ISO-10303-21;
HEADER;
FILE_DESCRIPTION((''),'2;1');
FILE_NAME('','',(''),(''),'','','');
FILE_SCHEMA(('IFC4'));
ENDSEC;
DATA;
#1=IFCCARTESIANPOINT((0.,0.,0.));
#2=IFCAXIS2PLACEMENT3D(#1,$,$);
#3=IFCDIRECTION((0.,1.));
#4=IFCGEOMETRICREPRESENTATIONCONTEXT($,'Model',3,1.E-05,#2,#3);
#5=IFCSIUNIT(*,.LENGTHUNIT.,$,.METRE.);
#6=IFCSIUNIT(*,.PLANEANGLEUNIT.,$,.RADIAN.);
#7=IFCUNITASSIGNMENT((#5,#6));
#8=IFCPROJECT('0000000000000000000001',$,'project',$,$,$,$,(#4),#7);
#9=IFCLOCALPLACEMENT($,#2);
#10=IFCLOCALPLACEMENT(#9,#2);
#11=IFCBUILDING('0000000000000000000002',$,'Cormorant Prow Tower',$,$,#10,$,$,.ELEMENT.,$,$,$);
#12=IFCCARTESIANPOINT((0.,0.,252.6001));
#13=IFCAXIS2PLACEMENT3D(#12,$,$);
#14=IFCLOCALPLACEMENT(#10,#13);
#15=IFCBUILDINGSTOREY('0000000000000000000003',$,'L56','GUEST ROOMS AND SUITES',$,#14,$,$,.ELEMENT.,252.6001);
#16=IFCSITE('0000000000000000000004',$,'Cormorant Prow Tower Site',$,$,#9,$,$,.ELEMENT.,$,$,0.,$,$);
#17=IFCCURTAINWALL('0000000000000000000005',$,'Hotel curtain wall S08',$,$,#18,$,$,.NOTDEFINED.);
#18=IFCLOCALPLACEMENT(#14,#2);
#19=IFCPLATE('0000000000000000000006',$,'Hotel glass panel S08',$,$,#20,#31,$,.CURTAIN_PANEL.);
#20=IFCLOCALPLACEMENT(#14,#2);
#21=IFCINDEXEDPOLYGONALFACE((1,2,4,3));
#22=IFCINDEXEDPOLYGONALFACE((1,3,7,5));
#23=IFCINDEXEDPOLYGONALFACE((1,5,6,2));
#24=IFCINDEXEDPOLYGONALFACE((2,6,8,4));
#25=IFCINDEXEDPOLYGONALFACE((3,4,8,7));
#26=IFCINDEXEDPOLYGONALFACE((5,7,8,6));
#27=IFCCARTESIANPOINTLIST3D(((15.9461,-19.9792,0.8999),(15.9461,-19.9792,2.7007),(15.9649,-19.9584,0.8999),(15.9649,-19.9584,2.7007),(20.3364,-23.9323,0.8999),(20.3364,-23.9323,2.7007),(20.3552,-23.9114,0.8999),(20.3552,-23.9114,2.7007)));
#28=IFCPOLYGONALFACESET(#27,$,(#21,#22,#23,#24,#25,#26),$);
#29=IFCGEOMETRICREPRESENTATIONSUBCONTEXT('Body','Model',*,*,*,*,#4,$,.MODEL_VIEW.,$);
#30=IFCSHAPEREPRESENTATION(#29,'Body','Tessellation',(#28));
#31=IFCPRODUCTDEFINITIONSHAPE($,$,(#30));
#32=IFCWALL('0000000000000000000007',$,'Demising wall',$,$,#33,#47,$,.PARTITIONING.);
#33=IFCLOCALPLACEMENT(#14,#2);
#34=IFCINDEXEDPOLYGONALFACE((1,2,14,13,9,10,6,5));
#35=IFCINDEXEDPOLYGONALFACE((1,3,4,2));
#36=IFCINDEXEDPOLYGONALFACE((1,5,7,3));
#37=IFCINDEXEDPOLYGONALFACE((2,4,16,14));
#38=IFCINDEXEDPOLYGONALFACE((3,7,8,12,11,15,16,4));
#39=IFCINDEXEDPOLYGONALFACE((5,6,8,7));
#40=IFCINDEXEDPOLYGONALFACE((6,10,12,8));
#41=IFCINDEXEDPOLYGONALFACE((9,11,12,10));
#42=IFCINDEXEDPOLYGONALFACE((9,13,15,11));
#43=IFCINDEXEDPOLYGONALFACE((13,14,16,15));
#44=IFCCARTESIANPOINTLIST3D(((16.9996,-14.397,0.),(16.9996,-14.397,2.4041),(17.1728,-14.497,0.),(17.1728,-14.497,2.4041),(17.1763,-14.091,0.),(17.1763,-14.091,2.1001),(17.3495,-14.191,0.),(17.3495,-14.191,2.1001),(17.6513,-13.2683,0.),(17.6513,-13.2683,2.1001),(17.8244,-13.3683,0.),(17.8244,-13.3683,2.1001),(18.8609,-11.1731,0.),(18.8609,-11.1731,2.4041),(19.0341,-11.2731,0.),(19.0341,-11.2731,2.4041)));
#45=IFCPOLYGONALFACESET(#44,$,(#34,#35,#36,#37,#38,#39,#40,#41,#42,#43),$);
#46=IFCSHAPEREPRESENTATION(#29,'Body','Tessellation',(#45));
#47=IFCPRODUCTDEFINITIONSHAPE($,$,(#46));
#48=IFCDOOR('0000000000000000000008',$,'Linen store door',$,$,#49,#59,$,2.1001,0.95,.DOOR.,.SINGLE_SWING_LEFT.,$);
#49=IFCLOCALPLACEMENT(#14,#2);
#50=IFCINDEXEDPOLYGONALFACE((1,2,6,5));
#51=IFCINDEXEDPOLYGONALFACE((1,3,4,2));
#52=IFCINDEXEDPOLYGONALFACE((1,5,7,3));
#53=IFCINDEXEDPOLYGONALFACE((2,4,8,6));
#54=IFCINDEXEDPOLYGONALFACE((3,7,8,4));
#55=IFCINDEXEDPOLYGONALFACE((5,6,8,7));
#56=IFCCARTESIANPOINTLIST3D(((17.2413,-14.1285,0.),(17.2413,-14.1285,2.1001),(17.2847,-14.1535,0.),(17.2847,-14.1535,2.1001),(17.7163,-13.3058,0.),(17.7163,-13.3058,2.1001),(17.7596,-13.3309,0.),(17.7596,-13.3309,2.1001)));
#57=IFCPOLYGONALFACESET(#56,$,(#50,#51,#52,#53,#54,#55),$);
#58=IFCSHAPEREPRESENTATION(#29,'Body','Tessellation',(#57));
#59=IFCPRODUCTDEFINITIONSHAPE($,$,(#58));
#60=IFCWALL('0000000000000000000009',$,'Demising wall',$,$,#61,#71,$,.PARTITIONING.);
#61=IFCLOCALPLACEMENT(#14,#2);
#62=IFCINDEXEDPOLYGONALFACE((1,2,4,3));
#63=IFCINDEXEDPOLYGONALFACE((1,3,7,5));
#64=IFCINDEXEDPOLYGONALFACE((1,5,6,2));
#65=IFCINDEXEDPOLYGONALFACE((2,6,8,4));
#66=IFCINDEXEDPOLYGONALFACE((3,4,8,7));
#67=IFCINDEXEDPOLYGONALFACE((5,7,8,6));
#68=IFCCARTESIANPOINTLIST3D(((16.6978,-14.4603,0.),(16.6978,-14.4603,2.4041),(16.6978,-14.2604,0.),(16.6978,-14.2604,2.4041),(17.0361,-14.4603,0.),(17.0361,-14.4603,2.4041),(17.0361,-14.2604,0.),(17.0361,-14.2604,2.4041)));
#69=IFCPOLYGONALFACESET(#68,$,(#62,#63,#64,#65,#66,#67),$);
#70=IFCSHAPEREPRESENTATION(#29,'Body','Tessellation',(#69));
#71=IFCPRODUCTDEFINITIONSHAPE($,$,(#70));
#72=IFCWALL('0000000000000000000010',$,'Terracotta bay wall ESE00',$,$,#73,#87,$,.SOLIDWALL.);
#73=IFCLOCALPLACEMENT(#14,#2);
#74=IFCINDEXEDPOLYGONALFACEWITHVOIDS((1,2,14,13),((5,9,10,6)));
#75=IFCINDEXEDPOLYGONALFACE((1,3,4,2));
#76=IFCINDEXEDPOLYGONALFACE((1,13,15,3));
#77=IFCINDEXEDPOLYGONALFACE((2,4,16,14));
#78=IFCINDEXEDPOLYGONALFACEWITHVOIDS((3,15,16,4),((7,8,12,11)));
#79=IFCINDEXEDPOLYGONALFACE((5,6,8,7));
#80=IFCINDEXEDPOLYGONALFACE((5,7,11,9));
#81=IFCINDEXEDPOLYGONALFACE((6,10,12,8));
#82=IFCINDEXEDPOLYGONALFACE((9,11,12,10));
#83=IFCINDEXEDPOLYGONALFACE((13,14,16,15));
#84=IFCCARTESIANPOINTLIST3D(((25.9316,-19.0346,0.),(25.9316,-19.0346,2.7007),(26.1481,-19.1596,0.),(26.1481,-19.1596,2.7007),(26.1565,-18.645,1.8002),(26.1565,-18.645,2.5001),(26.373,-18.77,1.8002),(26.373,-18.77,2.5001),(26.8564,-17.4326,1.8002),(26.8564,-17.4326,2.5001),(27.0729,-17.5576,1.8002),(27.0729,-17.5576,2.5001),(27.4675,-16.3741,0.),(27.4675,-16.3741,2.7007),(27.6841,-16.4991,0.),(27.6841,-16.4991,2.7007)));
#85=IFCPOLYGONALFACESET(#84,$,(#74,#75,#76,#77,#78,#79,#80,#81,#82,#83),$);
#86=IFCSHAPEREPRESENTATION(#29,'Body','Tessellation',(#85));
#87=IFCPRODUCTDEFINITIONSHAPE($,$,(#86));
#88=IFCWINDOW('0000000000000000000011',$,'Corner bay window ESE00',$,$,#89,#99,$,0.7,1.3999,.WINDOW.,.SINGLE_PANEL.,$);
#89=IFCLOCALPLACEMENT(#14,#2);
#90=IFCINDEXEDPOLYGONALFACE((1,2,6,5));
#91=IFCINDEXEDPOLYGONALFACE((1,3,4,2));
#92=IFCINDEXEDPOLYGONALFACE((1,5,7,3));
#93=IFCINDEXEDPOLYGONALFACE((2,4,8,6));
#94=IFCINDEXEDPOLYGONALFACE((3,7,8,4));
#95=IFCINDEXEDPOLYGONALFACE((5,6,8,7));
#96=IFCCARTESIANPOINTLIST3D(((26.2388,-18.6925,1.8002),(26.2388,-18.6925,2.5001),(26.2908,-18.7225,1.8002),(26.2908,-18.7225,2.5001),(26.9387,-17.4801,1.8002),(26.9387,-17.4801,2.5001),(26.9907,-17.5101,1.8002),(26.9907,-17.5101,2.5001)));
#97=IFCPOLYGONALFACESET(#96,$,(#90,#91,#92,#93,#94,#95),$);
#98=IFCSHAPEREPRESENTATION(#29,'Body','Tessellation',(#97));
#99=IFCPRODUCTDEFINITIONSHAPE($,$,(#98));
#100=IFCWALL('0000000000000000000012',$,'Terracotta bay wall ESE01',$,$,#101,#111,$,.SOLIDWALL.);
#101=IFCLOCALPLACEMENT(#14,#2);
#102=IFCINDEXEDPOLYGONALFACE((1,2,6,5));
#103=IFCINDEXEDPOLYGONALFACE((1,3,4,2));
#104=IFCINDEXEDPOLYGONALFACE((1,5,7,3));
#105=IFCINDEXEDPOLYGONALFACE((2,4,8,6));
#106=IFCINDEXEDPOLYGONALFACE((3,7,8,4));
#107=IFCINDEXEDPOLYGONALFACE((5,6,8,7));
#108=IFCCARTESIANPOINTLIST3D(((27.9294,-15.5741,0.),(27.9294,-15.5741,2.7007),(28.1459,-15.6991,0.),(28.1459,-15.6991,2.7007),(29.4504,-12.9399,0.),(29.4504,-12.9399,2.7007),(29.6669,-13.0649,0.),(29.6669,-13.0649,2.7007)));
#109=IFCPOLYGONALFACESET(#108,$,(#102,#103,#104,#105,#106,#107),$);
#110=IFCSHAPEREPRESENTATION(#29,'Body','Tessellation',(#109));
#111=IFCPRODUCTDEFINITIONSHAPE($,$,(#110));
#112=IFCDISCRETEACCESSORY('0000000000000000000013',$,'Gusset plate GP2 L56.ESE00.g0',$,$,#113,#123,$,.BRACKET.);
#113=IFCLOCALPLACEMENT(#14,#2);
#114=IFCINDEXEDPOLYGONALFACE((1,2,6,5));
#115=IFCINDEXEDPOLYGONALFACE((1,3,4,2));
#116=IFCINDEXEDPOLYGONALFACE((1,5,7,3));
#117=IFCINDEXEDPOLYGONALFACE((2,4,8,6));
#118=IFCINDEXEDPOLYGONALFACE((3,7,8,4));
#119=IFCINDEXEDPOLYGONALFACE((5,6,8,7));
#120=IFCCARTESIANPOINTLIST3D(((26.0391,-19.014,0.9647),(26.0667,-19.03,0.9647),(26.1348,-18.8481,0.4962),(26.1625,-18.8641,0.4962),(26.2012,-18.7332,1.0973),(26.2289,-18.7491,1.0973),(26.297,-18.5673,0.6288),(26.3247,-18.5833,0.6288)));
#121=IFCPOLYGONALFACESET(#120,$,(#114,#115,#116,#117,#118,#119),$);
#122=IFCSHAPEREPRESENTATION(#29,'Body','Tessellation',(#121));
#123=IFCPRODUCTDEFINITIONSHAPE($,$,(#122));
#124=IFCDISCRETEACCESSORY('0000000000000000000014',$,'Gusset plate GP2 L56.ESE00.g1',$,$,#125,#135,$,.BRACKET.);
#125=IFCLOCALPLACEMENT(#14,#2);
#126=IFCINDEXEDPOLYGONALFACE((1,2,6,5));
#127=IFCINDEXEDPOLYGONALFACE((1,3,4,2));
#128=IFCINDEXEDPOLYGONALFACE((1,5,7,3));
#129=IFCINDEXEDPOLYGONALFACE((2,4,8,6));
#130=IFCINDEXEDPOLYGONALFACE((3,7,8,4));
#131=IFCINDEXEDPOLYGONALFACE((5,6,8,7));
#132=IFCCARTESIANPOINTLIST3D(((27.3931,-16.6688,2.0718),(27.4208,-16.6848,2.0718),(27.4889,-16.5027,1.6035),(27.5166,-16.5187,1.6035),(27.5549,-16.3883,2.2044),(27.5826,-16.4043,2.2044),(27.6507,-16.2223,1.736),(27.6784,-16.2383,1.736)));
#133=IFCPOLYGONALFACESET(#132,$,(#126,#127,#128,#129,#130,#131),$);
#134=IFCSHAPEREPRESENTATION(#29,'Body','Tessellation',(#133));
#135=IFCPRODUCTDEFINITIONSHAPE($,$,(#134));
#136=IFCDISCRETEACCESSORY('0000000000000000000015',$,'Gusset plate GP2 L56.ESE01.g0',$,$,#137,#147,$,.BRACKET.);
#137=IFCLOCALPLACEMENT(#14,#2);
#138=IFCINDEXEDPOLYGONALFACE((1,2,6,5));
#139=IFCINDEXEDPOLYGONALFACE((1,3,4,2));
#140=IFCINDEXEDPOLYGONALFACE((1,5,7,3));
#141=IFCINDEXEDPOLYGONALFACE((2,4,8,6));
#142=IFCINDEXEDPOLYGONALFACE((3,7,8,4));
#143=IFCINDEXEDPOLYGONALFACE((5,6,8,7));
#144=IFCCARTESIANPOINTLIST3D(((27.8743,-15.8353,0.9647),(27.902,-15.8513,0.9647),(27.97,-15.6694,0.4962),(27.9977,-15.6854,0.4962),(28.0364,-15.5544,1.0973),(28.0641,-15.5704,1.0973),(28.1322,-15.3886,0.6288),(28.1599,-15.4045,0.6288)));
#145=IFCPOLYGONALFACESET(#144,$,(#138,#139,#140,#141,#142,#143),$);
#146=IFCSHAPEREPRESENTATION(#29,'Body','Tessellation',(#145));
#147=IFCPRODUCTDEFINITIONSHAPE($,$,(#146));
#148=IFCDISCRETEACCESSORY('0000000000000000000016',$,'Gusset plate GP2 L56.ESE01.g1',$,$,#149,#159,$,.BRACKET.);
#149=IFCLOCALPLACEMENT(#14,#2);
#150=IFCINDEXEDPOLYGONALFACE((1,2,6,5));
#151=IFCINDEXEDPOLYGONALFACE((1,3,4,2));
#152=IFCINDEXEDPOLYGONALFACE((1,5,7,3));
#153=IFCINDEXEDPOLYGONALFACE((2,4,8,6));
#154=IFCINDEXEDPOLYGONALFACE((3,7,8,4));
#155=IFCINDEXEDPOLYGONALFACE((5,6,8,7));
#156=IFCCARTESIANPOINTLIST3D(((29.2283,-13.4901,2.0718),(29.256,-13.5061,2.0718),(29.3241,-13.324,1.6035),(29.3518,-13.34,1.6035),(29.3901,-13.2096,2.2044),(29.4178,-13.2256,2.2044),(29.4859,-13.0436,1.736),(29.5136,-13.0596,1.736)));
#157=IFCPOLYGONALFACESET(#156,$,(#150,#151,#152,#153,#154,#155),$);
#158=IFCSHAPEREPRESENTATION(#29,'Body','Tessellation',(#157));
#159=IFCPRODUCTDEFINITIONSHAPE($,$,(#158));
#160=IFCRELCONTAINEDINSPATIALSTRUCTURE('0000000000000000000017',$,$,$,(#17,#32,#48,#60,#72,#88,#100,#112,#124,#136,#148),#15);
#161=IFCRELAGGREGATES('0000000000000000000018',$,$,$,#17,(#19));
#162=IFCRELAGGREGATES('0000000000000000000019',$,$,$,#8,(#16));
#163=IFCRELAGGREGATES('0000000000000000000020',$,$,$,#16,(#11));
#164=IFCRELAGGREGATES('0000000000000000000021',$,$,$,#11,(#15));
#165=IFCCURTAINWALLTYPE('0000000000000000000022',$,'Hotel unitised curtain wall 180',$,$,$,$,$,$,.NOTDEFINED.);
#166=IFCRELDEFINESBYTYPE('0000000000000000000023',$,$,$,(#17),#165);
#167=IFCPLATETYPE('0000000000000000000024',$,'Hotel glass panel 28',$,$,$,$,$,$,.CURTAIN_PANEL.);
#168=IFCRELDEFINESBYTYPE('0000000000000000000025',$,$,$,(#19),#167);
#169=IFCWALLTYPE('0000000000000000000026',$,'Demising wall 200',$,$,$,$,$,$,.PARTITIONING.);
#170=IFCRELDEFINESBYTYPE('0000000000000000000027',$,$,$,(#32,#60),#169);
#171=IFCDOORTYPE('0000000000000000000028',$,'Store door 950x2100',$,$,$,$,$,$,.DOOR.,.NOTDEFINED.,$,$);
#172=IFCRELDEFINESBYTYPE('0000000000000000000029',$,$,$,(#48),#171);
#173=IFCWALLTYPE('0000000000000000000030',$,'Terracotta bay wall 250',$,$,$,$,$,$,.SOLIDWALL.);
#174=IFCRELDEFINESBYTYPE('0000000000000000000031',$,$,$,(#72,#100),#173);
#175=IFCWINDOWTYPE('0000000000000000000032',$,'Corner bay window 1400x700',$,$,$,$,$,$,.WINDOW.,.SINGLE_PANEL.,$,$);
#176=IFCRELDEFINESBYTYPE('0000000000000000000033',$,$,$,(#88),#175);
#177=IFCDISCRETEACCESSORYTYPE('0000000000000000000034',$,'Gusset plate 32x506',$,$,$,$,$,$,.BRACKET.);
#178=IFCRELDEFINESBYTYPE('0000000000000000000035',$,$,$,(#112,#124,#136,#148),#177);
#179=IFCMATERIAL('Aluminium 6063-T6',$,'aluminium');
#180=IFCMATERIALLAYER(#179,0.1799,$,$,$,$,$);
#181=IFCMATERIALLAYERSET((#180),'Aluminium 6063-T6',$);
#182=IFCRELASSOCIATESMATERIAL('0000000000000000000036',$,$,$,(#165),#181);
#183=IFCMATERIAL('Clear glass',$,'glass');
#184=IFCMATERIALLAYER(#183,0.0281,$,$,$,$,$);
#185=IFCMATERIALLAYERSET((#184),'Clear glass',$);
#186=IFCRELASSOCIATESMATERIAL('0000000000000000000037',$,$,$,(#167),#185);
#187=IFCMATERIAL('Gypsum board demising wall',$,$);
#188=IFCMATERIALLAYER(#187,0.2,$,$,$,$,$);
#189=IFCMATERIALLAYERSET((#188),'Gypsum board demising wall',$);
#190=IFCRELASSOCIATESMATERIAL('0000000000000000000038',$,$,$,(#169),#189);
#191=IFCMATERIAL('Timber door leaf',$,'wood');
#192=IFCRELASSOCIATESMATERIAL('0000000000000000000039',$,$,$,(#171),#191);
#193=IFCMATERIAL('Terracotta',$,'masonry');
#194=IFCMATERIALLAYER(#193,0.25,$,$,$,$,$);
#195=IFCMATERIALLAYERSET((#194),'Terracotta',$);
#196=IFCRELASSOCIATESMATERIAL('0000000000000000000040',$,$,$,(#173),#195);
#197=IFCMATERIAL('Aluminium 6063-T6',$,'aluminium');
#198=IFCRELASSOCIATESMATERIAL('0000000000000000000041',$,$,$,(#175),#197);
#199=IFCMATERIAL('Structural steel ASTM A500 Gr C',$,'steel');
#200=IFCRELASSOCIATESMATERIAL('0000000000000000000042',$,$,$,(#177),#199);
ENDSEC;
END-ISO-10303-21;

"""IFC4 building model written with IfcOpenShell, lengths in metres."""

from ifc_helpers import new_model, si_unit, direction, frame, frame_2d, origin, origin_2d, place, context, subcontext, project, spatial, rectangle, extrude, material, layer, layer_set, material_profile, profile_set, type_object, element, fill, aggregate, save


model = new_model("IFC4")

# Units and contexts
model_context = context("Model", 3, precision=1e-05, world=origin(), true_north=direction((0.0, 1.0)))
body_context = subcontext(model_context, "Body", "Model", "MODEL_VIEW")
ifc_project = project(units=[si_unit("LENGTHUNIT", "METRE"), si_unit("PLANEANGLEUNIT", "RADIAN")], contexts=[model_context])

# Site, building, storey
site_placement = place(None, origin())
site = spatial("IfcSite", under=ifc_project, at=site_placement, Name="Cormorant Prow Tower Site", CompositionType="ELEMENT", RefElevation=0.0)
building_placement = place(site_placement, origin())
building = spatial("IfcBuilding", under=site, at=building_placement, Name="Cormorant Prow Tower", CompositionType="ELEMENT")
storey_placement = place(building_placement, frame((0.0, 0.0, 252.6001)))
storey = spatial("IfcBuildingStorey", under=building, at=storey_placement, Name="L56", Description="GUEST ROOMS AND SUITES", CompositionType="ELEMENT", Elevation=252.6001)

# Curtain wall
ifc_material_1 = material(Name="Aluminium 6063-T6", Category="aluminium")
ifc_layer_1 = layer(ifc_material_1, 0.1799)
ifc_layer_set_1 = layer_set([ifc_layer_1], Name="Aluminium 6063-T6")
curtain_wall_type = type_object("IfcCurtainWallType", Name="Hotel unitised curtain wall 180", PredefinedType="NOTDEFINED", material=ifc_layer_set_1)
curtain_wall_placement = place(storey_placement, origin())
curtain_wall = element("IfcCurtainWall", 1, at=curtain_wall_placement, inside=storey, type_object=curtain_wall_type, Name="Hotel curtain wall S08", PredefinedType="NOTDEFINED")

# Plate
ifc_material_2 = material(Name="Clear glass", Category="glass")
ifc_layer_2 = layer(ifc_material_2, 0.0281)
ifc_layer_set_2 = layer_set([ifc_layer_2], Name="Clear glass")
plate_type = type_object("IfcPlateType", Name="Hotel glass panel 28", PredefinedType="CURTAIN_PANEL", material=ifc_layer_set_2)
plate_placement = place(storey_placement, frame((18.1506, -21.9453, 0.8999), z_axis=(0.0, 0.0, 1.0), x_axis=(0.743145, -0.669131, 0.0)))
plate = element("IfcPlate", 2, at=plate_placement, type_object=plate_type, Name="Hotel glass panel S08", PredefinedType="CURTAIN_PANEL", context=body_context, shape_type="SweptSolid", body=[
    extrude(rectangle(XDim=5.9077, YDim=0.0281, at=origin_2d()), origin(), (0.0, 0.0, 1.0), 1.8008),
])
aggregate(curtain_wall, [plate])

# Wall, opening, door
ifc_material_3 = material(Name="Gypsum board demising wall")
ifc_layer_3 = layer(ifc_material_3, 0.2)
ifc_layer_set_3 = layer_set([ifc_layer_3], Name="Gypsum board demising wall")
wall_type_1 = type_object("IfcWallType", Name="Demising wall 200", PredefinedType="PARTITIONING", material=ifc_layer_set_3)
wall_1_placement = place(storey_placement, frame((17.0862, -14.447, 0.0), z_axis=(0.0, 0.0, 1.0), x_axis=(0.500004, 0.866023, 0.0)))
wall_1 = element("IfcWall", 3, at=wall_1_placement, inside=storey, type_object=wall_type_1, Name="Demising wall", PredefinedType="PARTITIONING", context=body_context, shape_type="SweptSolid", body=[
    extrude(rectangle(XDim=3.7227, YDim=0.2, at=frame_2d((1.8613, 0.0))), origin(), (0.0, 0.0, 1.0), 2.4041),
])
opening_1_placement = place(wall_1_placement, frame((0.3533, 0.0, 0.0)))
opening_1 = element("IfcOpeningElement", 4, at=opening_1_placement, cuts=wall_1, PredefinedType="OPENING", context=body_context, shape_type="SweptSolid", body=[
    extrude(rectangle(XDim=0.95, YDim=2.1001, at=frame_2d((0.4751, 1.05))), frame((0.0, 0.1099, 0.0), z_axis=(0.0, -1.0, 0.0), x_axis=(1.0, 0.0, 0.0)), (0.0, 0.0, 1.0), 0.22),
])
ifc_material_4 = material(Name="Timber door leaf", Category="wood")
door_type_1 = type_object("IfcDoorType", Name="Store door 950x2100", OperationType="NOTDEFINED", PredefinedType="DOOR", material=ifc_material_4)
door_1_placement = place(opening_1_placement, origin())
door_1 = element("IfcDoor", 5, at=door_1_placement, inside=storey, type_object=door_type_1, Name="Linen store door", OperationType="SINGLE_SWING_LEFT", OverallHeight=2.1001, OverallWidth=0.95, PredefinedType="DOOR", context=body_context, shape_type="SweptSolid", body=[
    extrude(rectangle(XDim=0.95, YDim=2.1001, at=frame_2d((0.4751, 1.05))), frame((0.0, 0.0249, 0.0), z_axis=(0.0, -1.0, 0.0), x_axis=(1.0, 0.0, 0.0)), (0.0, 0.0, 1.0), 0.05),
])
fill(opening_1, door_1)

# Wall
wall_2_placement = place(storey_placement, frame((16.6978, -14.3604, 0.0), z_axis=(0.0, 0.0, 1.0), x_axis=(1.0, 0.0, 0.0)))
element("IfcWall", 6, at=wall_2_placement, inside=storey, type_object=wall_type_1, Name="Demising wall", PredefinedType="PARTITIONING", context=body_context, shape_type="SweptSolid", body=[
    extrude(rectangle(XDim=0.3384, YDim=0.2, at=frame_2d((0.1692, 0.0))), origin(), (0.0, 0.0, 1.0), 2.4041),
])

# Wall, opening, window
ifc_material_5 = material(Name="Terracotta", Category="masonry")
ifc_layer_4 = layer(ifc_material_5, 0.25)
ifc_layer_set_4 = layer_set([ifc_layer_4], Name="Terracotta")
wall_type_2 = type_object("IfcWallType", Name="Terracotta bay wall 250", PredefinedType="SOLIDWALL", material=ifc_layer_set_4)
wall_3_placement = place(storey_placement, frame((26.0398, -19.0972, 0.0), z_axis=(0.0, 0.0, 1.0), x_axis=(0.499977, 0.866039, 0.0)))
wall_3 = element("IfcWall", 7, at=wall_3_placement, inside=storey, type_object=wall_type_2, Name="Terracotta bay wall ESE00", PredefinedType="SOLIDWALL", context=body_context, shape_type="SweptSolid", body=[
    extrude(rectangle(XDim=3.072, YDim=0.25, at=frame_2d((1.5361, 0.0))), origin(), (0.0, 0.0, 1.0), 2.7007),
])
opening_2_placement = place(wall_3_placement, frame((0.45, 0.0, 1.8)))
opening_2 = element("IfcOpeningElement", 8, at=opening_2_placement, cuts=wall_3, PredefinedType="OPENING", context=body_context, shape_type="SweptSolid", body=[
    extrude(rectangle(XDim=1.3999, YDim=0.7, at=frame_2d((0.7, 0.3501))), frame((0.0, 0.135, 0.0), z_axis=(0.0, -1.0, 0.0), x_axis=(1.0, 0.0, 0.0)), (0.0, 0.0, 1.0), 0.27),
])
ifc_material_6 = material(Name="Aluminium 6063-T6", Category="aluminium")
window_type = type_object("IfcWindowType", Name="Corner bay window 1400x700", PartitioningType="SINGLE_PANEL", PredefinedType="WINDOW", material=ifc_material_6)
window_placement = place(opening_2_placement, origin())
window = element("IfcWindow", 9, at=window_placement, inside=storey, type_object=window_type, Name="Corner bay window ESE00", OverallHeight=0.7, OverallWidth=1.3999, PartitioningType="SINGLE_PANEL", PredefinedType="WINDOW", context=body_context, shape_type="SweptSolid", body=[
    extrude(rectangle(XDim=1.3999, YDim=0.7, at=frame_2d((0.7, 0.3501))), frame((0.0, 0.03, 0.0), z_axis=(0.0, -1.0, 0.0), x_axis=(1.0, 0.0, 0.0)), (0.0, 0.0, 1.0), 0.0601),
])
fill(opening_2, window)

# Wall
wall_4_placement = place(storey_placement, frame((28.0376, -15.6367, 0.0), z_axis=(0.0, 0.0, 1.0), x_axis=(0.500024, 0.866012, 0.0)))
element("IfcWall", 10, at=wall_4_placement, inside=storey, type_object=wall_type_2, Name="Terracotta bay wall ESE01", PredefinedType="SOLIDWALL", context=body_context, shape_type="SweptSolid", body=[
    extrude(rectangle(XDim=3.0417, YDim=0.25, at=frame_2d((1.521, 0.0))), origin(), (0.0, 0.0, 1.0), 2.7007),
])

# Discrete accessories
ifc_material_7 = material(Name="Structural steel ASTM A500 Gr C", Category="steel")
ifc_material_profile_1 = material_profile(ifc_material_7, rectangle(XDim=0.032, YDim=0.5061, at=origin_2d()), Name="Gusset plate 32x506")
ifc_profile_set_1 = profile_set([ifc_material_profile_1], Name="Structural steel ASTM A500 Gr C")
discrete_accessory_type = type_object("IfcDiscreteAccessoryType", Name="Gusset plate 32x506", PredefinedType="BRACKET", material=ifc_profile_set_1)
discrete_accessory_1_placement = place(storey_placement, frame((26.2629, -18.6582, 0.863), z_axis=(-0.462828, -0.801584, -0.378487), x_axis=(0.86601, -0.500027, 0.0)))
element("IfcDiscreteAccessory", 11, at=discrete_accessory_1_placement, inside=storey, type_object=discrete_accessory_type, Name="Gusset plate GP2 L56.ESE00.g0", PredefinedType="BRACKET", context=body_context, shape_type="SweptSolid", body=[
    extrude(rectangle(XDim=0.032, YDim=0.5061, at=origin_2d()), origin(), (0.0, 0.0, 1.0), 0.3503),
])
discrete_accessory_2_placement = place(storey_placement, frame((27.4548, -16.5938, 1.8376), z_axis=(0.462538, 0.801594, 0.378821), x_axis=(-0.866148, 0.499788, 0.0)))
element("IfcDiscreteAccessory", 12, at=discrete_accessory_2_placement, inside=storey, type_object=discrete_accessory_type, Name="Gusset plate GP2 L56.ESE00.g1", PredefinedType="BRACKET", context=body_context, shape_type="SweptSolid", body=[
    extrude(rectangle(XDim=0.032, YDim=0.5061, at=origin_2d()), origin(), (0.0, 0.0, 1.0), 0.3499),
])
discrete_accessory_3_placement = place(storey_placement, frame((28.0981, -15.4795, 0.863), z_axis=(-0.462828, -0.801584, -0.378487), x_axis=(0.86601, -0.500027, 0.0)))
element("IfcDiscreteAccessory", 13, at=discrete_accessory_3_placement, inside=storey, type_object=discrete_accessory_type, Name="Gusset plate GP2 L56.ESE01.g0", PredefinedType="BRACKET", context=body_context, shape_type="SweptSolid", body=[
    extrude(rectangle(XDim=0.032, YDim=0.5061, at=origin_2d()), origin(), (0.0, 0.0, 1.0), 0.3503),
])
discrete_accessory_4_placement = place(storey_placement, frame((29.29, -13.415, 1.8376), z_axis=(0.462538, 0.801594, 0.378821), x_axis=(-0.866148, 0.499788, 0.0)))
element("IfcDiscreteAccessory", 14, at=discrete_accessory_4_placement, inside=storey, type_object=discrete_accessory_type, Name="Gusset plate GP2 L56.ESE01.g1", PredefinedType="BRACKET", context=body_context, shape_type="SweptSolid", body=[
    extrude(rectangle(XDim=0.032, YDim=0.5061, at=origin_2d()), origin(), (0.0, 0.0, 1.0), 0.3499),
])

save(model, "model.ifc")
